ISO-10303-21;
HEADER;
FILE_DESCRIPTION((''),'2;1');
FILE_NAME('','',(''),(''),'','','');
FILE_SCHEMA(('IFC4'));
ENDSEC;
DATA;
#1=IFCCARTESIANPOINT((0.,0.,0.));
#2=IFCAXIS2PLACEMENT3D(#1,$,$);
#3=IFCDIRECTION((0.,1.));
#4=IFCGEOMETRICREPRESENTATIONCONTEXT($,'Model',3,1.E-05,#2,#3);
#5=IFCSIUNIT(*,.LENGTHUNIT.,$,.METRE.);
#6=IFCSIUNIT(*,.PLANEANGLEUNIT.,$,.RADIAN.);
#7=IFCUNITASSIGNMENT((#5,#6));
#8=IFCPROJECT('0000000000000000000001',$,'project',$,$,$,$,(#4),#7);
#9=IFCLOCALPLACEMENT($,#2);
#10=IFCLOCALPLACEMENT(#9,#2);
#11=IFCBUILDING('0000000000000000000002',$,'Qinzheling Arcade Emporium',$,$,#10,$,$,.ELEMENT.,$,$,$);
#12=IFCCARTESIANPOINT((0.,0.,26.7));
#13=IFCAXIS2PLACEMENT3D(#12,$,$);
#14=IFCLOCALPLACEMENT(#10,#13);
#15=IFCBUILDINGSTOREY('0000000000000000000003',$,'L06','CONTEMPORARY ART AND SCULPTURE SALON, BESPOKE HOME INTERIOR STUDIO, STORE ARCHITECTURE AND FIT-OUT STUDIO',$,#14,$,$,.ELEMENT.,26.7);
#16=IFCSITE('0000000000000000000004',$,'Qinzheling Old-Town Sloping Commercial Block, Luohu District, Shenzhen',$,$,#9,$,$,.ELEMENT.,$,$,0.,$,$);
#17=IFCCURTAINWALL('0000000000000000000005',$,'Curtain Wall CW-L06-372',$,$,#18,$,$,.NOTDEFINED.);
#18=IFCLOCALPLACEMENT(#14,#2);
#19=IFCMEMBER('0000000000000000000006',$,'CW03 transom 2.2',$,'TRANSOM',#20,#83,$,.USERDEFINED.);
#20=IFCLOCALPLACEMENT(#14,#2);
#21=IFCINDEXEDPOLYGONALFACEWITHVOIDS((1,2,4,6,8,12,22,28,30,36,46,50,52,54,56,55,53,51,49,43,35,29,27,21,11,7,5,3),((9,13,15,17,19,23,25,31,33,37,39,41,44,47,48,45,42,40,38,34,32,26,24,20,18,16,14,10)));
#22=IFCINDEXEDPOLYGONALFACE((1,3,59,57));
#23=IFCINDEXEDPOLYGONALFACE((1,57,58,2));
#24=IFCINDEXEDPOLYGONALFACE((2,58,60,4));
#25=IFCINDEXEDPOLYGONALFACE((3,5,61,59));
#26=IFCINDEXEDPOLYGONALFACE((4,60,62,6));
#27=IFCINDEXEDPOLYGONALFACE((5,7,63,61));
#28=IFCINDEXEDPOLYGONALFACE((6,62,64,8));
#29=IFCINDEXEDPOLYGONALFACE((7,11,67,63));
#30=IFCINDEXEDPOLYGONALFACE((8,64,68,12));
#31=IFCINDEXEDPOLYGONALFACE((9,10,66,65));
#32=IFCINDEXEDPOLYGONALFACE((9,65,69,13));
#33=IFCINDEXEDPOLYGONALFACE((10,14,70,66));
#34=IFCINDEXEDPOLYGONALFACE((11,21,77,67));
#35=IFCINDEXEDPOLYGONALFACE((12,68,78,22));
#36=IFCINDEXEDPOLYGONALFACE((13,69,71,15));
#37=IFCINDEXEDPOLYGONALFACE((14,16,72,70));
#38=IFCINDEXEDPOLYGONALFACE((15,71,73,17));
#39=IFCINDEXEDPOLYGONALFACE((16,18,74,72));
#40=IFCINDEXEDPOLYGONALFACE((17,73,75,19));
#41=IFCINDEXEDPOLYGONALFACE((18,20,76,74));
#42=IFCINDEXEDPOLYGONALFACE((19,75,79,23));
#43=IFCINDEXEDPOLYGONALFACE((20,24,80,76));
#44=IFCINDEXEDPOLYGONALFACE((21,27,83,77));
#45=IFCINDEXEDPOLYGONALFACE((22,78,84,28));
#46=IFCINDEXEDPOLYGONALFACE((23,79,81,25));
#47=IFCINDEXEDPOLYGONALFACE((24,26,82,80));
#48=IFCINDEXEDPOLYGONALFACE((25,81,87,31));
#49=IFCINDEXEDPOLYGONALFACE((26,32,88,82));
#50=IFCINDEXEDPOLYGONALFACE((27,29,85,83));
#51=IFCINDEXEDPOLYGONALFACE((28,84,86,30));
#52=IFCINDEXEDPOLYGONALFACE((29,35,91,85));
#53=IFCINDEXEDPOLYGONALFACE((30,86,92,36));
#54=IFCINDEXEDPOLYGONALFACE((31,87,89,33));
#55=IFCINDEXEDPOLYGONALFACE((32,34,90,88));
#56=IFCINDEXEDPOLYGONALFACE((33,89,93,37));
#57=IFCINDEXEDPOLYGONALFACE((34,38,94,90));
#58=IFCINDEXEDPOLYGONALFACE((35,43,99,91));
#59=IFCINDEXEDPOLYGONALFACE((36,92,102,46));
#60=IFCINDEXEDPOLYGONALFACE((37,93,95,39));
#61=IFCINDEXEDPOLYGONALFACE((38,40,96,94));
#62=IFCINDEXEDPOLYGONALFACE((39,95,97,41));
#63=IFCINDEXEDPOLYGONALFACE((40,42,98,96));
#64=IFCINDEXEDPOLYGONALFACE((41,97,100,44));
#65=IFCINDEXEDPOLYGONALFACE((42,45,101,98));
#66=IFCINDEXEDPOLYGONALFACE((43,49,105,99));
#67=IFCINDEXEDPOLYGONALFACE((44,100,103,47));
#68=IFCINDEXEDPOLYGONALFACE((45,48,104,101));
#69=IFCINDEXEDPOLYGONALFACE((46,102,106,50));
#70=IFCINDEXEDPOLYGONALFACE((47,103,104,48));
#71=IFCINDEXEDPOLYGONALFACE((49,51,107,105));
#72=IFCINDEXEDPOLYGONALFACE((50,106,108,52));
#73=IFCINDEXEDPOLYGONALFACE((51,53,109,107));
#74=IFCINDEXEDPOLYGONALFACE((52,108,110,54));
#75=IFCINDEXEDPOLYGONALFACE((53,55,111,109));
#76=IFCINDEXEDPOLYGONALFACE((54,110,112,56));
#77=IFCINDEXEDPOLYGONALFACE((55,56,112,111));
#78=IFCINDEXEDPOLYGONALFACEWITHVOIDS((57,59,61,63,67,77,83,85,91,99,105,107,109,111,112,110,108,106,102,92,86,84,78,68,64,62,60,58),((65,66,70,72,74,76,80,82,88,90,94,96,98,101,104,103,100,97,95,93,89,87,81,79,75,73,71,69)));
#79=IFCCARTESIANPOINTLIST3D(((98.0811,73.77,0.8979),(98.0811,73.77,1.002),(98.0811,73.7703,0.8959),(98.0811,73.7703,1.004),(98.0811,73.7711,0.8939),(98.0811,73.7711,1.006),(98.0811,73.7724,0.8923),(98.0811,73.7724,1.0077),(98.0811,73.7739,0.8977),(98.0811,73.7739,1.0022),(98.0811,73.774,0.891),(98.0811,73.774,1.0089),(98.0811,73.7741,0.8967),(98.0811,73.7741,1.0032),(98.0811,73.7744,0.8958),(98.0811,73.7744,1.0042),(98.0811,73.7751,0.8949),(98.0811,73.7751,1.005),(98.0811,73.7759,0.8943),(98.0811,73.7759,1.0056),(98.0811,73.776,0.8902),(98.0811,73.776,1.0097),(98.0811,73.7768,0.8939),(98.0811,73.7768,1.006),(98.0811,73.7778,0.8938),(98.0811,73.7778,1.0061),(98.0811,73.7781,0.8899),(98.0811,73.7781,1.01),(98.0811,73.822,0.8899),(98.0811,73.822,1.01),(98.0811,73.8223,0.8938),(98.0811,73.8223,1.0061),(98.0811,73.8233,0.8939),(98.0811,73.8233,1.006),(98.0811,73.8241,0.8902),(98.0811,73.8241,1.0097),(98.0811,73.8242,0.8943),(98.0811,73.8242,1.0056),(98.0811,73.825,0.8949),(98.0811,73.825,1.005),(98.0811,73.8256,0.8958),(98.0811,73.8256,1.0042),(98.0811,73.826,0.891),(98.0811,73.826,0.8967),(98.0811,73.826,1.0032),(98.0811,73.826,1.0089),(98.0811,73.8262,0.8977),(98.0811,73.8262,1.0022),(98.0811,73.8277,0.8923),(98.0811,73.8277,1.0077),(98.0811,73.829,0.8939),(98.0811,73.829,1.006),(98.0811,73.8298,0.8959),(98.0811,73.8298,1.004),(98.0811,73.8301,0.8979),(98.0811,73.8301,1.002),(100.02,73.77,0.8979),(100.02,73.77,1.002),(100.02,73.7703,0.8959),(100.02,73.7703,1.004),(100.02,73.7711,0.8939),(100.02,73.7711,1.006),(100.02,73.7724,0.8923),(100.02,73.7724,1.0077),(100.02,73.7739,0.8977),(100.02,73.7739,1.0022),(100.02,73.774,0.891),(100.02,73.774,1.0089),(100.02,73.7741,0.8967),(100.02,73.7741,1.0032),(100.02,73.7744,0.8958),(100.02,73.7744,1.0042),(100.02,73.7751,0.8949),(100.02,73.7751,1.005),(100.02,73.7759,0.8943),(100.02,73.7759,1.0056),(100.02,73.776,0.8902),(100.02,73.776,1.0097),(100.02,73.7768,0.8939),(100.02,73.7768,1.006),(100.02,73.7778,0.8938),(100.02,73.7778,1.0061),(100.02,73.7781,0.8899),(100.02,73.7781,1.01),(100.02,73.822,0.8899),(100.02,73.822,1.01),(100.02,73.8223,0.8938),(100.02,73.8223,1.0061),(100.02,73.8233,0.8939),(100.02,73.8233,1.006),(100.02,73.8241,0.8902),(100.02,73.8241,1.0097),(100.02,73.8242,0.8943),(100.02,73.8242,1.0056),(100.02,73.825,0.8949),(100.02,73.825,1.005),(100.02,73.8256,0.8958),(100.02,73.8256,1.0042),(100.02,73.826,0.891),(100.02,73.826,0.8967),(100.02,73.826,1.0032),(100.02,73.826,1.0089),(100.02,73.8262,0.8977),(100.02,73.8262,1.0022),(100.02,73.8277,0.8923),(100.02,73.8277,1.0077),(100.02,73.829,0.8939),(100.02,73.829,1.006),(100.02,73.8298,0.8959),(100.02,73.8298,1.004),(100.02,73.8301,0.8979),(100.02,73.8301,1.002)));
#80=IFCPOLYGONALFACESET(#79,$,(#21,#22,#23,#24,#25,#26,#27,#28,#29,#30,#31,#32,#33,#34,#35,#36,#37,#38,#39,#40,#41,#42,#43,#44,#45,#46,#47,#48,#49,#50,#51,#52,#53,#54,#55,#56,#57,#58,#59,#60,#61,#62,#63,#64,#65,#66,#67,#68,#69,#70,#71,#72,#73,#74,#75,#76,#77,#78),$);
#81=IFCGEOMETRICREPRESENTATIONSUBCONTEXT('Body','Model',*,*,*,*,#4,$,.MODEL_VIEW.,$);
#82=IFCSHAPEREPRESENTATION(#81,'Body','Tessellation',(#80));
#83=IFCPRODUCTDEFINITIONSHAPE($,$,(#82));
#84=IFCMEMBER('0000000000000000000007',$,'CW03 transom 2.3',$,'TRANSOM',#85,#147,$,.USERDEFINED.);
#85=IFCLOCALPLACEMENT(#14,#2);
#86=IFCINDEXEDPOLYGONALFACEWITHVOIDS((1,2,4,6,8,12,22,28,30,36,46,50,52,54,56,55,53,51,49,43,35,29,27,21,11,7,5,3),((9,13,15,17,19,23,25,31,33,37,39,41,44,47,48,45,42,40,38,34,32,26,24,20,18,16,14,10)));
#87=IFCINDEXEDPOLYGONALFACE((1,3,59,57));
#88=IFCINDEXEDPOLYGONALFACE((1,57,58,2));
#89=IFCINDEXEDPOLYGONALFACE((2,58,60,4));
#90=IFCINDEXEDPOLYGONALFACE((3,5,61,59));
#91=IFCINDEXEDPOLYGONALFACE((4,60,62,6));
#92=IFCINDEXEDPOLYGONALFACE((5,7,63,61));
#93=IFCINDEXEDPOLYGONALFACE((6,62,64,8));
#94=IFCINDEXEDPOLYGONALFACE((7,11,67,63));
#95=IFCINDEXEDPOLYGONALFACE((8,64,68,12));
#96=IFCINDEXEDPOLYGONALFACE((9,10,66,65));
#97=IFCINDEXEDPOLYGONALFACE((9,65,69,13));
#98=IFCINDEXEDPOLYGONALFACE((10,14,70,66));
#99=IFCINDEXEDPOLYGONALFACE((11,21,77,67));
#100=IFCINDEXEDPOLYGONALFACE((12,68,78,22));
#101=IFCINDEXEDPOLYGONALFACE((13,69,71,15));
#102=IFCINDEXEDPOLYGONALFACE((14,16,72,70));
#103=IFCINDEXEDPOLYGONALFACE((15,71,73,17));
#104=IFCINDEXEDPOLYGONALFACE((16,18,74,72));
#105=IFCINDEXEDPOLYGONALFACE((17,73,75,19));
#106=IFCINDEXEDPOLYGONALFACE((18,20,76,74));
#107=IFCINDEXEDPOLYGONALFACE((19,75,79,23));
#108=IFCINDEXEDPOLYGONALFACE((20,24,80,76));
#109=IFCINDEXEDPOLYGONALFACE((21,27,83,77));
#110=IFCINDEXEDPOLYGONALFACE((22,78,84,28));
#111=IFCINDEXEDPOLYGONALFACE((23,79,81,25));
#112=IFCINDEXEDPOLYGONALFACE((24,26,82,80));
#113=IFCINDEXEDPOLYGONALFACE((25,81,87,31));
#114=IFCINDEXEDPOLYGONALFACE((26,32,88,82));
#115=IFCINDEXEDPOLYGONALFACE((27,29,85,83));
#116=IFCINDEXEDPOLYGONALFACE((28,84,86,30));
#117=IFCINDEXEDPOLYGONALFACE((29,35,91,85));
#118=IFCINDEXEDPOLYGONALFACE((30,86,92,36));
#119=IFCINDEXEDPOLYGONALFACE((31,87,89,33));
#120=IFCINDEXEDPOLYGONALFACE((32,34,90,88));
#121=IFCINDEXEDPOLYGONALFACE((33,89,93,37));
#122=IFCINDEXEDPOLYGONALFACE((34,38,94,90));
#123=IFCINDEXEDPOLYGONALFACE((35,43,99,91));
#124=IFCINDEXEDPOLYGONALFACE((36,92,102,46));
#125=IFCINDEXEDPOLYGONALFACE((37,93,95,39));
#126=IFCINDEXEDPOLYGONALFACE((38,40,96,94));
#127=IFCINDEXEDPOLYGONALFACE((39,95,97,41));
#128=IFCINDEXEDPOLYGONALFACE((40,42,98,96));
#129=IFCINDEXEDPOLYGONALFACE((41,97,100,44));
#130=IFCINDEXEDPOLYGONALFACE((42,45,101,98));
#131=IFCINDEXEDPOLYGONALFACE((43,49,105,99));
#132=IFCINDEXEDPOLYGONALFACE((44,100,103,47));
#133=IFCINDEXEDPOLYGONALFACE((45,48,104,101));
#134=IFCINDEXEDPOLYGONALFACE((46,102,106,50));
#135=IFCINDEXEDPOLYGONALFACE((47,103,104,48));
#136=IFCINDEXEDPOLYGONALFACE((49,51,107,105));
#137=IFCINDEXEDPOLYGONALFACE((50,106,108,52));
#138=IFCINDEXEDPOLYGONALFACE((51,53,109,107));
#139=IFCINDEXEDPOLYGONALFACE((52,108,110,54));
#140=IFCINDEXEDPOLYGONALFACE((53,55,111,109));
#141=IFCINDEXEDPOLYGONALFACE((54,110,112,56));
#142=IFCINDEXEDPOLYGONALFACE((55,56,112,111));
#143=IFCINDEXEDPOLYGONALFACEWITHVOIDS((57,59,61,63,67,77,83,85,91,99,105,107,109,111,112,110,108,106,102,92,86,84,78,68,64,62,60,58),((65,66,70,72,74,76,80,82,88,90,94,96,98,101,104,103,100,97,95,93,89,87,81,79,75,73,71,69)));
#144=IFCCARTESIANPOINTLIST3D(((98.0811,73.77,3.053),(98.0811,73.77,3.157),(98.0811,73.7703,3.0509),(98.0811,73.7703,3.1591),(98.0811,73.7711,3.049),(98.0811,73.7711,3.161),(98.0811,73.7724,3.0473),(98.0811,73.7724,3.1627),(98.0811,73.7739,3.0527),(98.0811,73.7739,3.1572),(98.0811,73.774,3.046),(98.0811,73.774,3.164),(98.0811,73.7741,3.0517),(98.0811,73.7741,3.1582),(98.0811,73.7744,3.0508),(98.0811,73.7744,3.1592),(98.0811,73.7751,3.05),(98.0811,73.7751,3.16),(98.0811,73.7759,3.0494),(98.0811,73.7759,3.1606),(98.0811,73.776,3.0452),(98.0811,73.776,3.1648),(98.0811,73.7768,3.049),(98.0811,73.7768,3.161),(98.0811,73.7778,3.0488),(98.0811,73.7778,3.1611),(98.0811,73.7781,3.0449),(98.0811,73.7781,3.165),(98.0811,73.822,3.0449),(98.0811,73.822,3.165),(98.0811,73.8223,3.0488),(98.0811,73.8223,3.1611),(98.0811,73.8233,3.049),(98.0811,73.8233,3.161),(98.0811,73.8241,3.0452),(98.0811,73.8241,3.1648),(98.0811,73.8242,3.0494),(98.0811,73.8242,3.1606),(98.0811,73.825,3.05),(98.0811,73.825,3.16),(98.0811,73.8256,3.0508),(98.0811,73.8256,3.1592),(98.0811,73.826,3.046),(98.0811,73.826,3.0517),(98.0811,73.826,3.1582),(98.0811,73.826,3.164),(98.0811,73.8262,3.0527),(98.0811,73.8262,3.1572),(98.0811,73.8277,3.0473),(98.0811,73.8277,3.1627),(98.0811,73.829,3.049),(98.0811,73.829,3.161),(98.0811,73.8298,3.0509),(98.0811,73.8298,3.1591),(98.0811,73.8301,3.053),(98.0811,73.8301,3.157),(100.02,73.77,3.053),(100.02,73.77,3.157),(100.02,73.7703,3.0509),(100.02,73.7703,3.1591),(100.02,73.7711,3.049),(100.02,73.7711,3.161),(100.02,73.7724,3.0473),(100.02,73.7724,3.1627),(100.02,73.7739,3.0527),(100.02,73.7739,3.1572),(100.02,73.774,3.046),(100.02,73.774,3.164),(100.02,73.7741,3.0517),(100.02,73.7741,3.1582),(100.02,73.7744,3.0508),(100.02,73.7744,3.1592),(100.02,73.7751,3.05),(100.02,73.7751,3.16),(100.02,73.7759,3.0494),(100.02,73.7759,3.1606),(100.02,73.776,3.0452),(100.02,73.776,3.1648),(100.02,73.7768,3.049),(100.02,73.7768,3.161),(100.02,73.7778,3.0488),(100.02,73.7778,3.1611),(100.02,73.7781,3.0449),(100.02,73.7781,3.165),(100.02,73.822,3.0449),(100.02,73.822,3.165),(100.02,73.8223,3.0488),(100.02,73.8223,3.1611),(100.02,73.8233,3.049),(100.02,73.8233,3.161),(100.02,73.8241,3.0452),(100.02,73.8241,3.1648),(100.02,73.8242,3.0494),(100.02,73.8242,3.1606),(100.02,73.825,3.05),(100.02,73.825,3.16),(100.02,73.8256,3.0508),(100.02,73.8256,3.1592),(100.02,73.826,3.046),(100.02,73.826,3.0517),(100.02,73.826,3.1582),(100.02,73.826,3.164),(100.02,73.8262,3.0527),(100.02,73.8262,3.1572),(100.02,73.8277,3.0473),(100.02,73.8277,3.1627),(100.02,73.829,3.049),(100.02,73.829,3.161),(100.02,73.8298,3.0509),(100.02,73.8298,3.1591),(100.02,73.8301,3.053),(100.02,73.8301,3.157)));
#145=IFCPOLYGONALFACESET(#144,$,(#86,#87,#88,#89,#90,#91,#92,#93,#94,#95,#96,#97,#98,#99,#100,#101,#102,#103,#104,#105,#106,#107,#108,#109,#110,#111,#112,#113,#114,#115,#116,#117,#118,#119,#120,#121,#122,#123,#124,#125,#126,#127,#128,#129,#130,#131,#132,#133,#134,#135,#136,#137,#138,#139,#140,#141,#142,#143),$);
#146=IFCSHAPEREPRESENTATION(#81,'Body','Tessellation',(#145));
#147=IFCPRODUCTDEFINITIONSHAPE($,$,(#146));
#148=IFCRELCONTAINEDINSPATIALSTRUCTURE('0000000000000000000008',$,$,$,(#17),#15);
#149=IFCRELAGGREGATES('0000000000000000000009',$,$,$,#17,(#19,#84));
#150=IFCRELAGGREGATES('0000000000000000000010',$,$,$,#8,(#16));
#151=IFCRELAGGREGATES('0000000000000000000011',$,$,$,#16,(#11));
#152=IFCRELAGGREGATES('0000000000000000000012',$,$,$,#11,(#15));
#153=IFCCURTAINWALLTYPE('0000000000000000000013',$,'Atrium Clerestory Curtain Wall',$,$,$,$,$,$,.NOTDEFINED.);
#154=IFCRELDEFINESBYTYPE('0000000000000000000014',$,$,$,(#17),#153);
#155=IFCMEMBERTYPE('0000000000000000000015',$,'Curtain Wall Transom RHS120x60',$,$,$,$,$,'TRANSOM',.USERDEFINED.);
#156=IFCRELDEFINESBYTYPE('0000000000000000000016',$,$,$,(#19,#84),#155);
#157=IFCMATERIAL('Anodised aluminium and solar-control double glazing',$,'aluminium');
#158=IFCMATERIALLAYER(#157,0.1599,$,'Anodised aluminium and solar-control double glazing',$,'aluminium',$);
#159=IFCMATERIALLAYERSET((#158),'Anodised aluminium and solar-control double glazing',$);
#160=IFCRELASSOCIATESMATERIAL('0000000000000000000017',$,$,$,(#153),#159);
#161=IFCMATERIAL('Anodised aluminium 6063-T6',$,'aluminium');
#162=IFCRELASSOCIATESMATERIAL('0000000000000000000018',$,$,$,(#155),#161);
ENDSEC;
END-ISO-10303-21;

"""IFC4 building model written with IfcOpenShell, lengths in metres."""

from ifc_helpers import new_model, si_unit, direction, frame, origin, origin_2d, place, context, subcontext, project, spatial, hollow_rectangle, extrude, material, layer, layer_set, material_profile, profile_set, type_object, element, aggregate, save


model = new_model("IFC4")

# Units and contexts
model_context = context("Model", 3, precision=1e-05, world=origin(), true_north=direction((0.0, 1.0)))
body_context = subcontext(model_context, "Body", "Model", "MODEL_VIEW")
ifc_project = project(units=[si_unit("LENGTHUNIT", "METRE"), si_unit("PLANEANGLEUNIT", "RADIAN")], contexts=[model_context])

# Site, building, storey
site_placement = place(None, origin())
site = spatial("IfcSite", under=ifc_project, at=site_placement, Name="Qinzheling Old-Town Sloping Commercial Block, Luohu District, Shenzhen", CompositionType="ELEMENT", RefElevation=0.0)
building_placement = place(site_placement, origin())
building = spatial("IfcBuilding", under=site, at=building_placement, Name="Qinzheling Arcade Emporium", CompositionType="ELEMENT")
storey_placement = place(building_placement, frame((0.0, 0.0, 26.7)))
storey = spatial("IfcBuildingStorey", under=building, at=storey_placement, Name="L06", Description="CONTEMPORARY ART AND SCULPTURE SALON, BESPOKE HOME INTERIOR STUDIO, STORE ARCHITECTURE AND FIT-OUT STUDIO", CompositionType="ELEMENT", Elevation=26.7)

# Curtain wall, members
ifc_material_1 = material(Name="Anodised aluminium and solar-control double glazing", Category="aluminium")
ifc_layer_1 = layer(ifc_material_1, 0.1599, Name="Anodised aluminium and solar-control double glazing", Category="aluminium")
ifc_layer_set_1 = layer_set([ifc_layer_1], Name="Anodised aluminium and solar-control double glazing")
curtain_wall_type = type_object("IfcCurtainWallType", Name="Atrium Clerestory Curtain Wall", PredefinedType="NOTDEFINED", material=ifc_layer_set_1)
curtain_wall_placement = place(storey_placement, origin())
curtain_wall = element("IfcCurtainWall", 1, at=curtain_wall_placement, inside=storey, type_object=curtain_wall_type, Name="Curtain Wall CW-L06-372", PredefinedType="NOTDEFINED")
ifc_material_2 = material(Name="Anodised aluminium 6063-T6", Category="aluminium")
ifc_material_profile_1 = material_profile(ifc_material_2, hollow_rectangle(XDim=0.0601, YDim=0.1201, WallThickness=0.0039, InnerFilletRadius=0.0039, OuterFilletRadius=0.0081, at=origin_2d()), Name="RHS 120x60x4", Category="aluminium")
ifc_profile_set_1 = profile_set([ifc_material_profile_1], Name="Anodised aluminium 6063-T6")
member_type_1 = type_object("IfcMemberType", Name="Curtain Wall Transom RHS120x60", ElementType="TRANSOM", PredefinedType="USERDEFINED", material=ifc_profile_set_1)
member_1_placement = place(storey_placement, frame((98.0811, 73.8, 0.95), z_axis=(1.0, 0.0, 0.0), x_axis=(0.0, 1.0, 0.0)))
member_1 = element("IfcMember", 2, at=member_1_placement, type_object=member_type_1, Name="CW03 transom 2.2", ObjectType="TRANSOM", PredefinedType="USERDEFINED", context=body_context, shape_type="SweptSolid", body=[
    extrude(hollow_rectangle(XDim=0.0601, YDim=0.1201, WallThickness=0.0039, InnerFilletRadius=0.0039, OuterFilletRadius=0.0081, at=origin_2d()), origin(), (0.0, 0.0, 1.0), 1.939),
])
member_2_placement = place(storey_placement, frame((98.0811, 73.8, 3.105), z_axis=(1.0, 0.0, 0.0), x_axis=(0.0, 1.0, 0.0)))
member_2 = element("IfcMember", 3, at=member_2_placement, type_object=member_type_1, Name="CW03 transom 2.3", ObjectType="TRANSOM", PredefinedType="USERDEFINED", context=body_context, shape_type="SweptSolid", body=[
    extrude(hollow_rectangle(XDim=0.0601, YDim=0.1201, WallThickness=0.0039, InnerFilletRadius=0.0039, OuterFilletRadius=0.0081, at=origin_2d()), origin(), (0.0, 0.0, 1.0), 1.939),
])

aggregate(curtain_wall, [member_1, member_2])

save(model, "model.ifc")
